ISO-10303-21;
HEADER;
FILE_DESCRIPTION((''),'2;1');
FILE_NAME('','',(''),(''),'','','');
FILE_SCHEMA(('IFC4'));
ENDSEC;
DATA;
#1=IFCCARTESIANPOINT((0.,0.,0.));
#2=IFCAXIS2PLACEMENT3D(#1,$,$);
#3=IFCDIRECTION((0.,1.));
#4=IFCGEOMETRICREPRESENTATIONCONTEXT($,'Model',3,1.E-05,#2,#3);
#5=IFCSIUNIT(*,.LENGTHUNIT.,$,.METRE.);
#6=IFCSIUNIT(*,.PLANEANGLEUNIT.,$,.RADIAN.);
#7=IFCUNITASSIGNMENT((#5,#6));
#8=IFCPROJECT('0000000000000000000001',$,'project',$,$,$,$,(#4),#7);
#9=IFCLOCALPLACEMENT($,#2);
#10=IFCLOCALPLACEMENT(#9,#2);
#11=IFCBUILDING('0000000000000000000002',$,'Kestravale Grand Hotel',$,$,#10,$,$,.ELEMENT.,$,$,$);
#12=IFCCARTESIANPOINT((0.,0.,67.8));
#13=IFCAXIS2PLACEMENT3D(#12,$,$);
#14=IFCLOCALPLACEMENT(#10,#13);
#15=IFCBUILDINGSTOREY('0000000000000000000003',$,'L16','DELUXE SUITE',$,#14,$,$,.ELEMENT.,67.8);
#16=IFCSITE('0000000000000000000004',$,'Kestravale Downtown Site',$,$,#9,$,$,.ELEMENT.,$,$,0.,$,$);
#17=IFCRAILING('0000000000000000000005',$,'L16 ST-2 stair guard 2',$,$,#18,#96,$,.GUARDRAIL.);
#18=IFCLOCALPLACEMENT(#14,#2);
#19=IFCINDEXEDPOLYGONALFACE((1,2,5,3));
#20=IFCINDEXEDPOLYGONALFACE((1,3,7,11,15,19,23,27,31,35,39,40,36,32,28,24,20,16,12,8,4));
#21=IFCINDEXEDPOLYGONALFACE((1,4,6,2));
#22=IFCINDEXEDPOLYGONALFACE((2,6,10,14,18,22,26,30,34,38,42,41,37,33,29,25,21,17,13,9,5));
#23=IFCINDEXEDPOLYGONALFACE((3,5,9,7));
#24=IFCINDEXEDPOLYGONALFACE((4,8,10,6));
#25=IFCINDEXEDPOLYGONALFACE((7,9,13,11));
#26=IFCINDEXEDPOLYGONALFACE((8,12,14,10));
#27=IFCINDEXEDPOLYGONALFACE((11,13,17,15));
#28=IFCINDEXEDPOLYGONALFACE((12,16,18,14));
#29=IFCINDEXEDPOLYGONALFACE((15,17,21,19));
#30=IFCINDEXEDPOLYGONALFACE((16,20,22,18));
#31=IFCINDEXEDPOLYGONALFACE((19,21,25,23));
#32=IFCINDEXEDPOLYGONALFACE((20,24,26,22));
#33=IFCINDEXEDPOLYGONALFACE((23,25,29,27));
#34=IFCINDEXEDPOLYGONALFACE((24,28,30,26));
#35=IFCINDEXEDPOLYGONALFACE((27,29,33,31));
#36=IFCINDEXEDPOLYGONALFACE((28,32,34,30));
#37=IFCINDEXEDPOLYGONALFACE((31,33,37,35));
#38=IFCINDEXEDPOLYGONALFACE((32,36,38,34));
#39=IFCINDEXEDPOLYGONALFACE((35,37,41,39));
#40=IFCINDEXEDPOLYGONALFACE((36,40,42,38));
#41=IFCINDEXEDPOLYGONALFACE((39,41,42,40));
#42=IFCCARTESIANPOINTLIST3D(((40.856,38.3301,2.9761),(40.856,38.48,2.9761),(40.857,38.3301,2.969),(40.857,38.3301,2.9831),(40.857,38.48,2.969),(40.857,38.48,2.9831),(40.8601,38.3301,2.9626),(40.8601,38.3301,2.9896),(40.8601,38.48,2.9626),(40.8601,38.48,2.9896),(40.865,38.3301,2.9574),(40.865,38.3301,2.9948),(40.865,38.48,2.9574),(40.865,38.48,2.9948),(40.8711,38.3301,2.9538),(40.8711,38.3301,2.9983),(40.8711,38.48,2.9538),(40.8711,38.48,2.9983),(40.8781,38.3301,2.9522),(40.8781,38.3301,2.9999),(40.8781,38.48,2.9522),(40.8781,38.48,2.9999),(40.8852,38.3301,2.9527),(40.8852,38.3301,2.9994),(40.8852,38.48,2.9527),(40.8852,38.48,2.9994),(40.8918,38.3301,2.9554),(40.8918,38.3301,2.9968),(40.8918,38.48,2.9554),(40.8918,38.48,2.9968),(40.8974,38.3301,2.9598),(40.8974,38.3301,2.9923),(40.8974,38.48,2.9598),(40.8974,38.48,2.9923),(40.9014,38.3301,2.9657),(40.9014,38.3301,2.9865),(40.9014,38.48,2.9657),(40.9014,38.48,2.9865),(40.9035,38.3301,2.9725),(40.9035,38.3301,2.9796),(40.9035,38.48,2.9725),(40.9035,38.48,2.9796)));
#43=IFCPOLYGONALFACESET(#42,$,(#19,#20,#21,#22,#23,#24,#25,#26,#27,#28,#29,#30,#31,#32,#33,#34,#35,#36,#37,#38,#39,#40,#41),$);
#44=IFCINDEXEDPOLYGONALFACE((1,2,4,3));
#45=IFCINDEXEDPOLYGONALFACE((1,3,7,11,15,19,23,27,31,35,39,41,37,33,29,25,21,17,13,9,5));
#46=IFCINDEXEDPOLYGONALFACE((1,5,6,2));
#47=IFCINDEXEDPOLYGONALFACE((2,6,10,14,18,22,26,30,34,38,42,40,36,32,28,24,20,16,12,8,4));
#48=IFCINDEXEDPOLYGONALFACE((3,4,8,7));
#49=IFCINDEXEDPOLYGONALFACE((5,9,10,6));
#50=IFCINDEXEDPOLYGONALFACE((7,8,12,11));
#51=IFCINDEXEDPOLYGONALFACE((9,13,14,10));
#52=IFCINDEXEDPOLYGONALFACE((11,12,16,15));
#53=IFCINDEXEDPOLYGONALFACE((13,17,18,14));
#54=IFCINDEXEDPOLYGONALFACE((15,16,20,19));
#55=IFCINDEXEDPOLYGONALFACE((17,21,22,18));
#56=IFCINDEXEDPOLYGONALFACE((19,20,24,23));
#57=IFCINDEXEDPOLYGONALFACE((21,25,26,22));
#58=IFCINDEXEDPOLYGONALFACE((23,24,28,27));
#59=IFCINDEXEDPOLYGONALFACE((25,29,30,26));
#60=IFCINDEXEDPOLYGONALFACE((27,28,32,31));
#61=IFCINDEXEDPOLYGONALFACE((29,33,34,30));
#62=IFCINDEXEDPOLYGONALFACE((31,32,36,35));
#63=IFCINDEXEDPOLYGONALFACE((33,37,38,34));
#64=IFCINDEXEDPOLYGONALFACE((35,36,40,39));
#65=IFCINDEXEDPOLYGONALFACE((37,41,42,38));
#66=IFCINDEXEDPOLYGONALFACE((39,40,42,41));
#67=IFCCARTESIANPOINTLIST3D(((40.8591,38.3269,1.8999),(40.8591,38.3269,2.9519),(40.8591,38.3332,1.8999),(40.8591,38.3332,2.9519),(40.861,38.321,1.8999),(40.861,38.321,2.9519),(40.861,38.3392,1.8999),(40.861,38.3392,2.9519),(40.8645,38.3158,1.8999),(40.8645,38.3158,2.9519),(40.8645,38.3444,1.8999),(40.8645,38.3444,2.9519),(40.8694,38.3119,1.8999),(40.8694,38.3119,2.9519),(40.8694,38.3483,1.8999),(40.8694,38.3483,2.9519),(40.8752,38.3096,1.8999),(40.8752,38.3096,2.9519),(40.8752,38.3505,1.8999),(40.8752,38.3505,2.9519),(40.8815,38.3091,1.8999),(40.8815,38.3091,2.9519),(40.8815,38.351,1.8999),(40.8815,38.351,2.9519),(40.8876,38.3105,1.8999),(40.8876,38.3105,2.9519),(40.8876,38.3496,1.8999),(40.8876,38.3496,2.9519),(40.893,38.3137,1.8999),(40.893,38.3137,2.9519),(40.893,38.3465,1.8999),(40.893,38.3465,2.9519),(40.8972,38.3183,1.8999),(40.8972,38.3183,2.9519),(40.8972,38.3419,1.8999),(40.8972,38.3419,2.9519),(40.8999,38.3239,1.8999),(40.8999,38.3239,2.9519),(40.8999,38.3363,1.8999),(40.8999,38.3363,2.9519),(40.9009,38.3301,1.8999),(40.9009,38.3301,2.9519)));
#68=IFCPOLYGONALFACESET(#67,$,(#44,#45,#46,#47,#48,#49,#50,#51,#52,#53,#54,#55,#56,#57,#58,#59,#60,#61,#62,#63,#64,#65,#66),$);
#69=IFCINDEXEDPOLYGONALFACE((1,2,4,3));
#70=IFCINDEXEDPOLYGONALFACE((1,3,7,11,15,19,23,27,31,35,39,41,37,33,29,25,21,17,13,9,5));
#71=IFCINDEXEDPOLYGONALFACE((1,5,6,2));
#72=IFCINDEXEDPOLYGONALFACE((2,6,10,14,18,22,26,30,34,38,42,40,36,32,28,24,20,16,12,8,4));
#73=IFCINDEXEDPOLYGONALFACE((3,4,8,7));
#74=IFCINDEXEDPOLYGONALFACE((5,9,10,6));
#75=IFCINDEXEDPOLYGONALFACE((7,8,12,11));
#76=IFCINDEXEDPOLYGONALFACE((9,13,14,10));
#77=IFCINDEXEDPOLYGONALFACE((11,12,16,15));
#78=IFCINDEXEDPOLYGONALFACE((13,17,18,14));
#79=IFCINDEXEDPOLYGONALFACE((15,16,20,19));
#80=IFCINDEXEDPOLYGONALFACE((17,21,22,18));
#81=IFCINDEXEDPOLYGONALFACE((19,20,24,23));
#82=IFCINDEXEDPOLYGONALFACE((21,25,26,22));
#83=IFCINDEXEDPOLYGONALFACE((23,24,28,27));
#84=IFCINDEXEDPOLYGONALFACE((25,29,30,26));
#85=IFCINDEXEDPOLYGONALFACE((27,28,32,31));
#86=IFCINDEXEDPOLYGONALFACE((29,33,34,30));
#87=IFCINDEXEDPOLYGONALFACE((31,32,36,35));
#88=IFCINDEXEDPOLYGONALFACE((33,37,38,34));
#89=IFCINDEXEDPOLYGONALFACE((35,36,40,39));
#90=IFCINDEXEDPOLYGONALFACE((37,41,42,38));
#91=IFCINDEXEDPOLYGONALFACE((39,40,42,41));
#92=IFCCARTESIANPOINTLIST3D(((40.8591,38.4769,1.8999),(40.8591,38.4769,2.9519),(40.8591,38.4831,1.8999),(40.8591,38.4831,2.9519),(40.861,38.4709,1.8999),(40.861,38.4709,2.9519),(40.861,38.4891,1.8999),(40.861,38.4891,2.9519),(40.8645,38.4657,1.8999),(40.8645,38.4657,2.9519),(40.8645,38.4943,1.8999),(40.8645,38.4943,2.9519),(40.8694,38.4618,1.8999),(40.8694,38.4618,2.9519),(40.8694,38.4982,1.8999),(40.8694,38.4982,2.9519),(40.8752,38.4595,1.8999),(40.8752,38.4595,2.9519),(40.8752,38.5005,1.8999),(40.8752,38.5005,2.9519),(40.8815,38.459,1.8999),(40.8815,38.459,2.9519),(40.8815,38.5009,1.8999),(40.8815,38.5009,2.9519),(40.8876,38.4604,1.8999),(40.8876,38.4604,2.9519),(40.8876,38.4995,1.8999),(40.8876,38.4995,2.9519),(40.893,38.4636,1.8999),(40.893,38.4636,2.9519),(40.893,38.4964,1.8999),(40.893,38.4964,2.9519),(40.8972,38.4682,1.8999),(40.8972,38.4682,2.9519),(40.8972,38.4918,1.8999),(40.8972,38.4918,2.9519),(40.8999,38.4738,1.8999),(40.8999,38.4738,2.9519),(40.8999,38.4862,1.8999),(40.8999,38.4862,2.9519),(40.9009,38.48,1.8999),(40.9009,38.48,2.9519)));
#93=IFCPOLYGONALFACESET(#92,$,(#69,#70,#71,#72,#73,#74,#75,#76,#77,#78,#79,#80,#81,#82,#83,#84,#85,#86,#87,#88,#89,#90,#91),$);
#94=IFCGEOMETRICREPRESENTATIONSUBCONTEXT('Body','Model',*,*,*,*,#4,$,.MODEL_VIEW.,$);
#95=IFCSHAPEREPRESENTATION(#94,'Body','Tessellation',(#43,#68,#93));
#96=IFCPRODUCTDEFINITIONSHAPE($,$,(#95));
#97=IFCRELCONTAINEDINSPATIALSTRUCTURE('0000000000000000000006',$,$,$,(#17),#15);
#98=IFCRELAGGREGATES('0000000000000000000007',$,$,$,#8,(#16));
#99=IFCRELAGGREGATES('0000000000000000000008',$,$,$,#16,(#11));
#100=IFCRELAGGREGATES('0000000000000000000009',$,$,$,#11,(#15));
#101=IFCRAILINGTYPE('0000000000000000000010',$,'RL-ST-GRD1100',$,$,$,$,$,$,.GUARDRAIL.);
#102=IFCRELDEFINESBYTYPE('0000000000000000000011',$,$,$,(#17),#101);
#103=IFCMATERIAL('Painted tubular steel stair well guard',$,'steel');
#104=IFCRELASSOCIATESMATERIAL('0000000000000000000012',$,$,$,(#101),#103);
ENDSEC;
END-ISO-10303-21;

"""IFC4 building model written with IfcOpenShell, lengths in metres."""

from ifc_helpers import new_model, si_unit, direction, frame, origin, origin_2d, place, context, subcontext, project, spatial, circle, extrude, material, type_object, element, save


model = new_model("IFC4")

# Units and contexts
model_context = context("Model", 3, precision=1e-05, world=origin(), true_north=direction((0.0, 1.0)))
body_context = subcontext(model_context, "Body", "Model", "MODEL_VIEW")
ifc_project = project(units=[si_unit("LENGTHUNIT", "METRE"), si_unit("PLANEANGLEUNIT", "RADIAN")], contexts=[model_context])

# Site, building, storey
site_placement = place(None, origin())
site = spatial("IfcSite", under=ifc_project, at=site_placement, Name="Kestravale Downtown Site", CompositionType="ELEMENT", RefElevation=0.0)
building_placement = place(site_placement, origin())
building = spatial("IfcBuilding", under=site, at=building_placement, Name="Kestravale Grand Hotel", CompositionType="ELEMENT")
storey_placement = place(building_placement, frame((0.0, 0.0, 67.8)))
storey = spatial("IfcBuildingStorey", under=building, at=storey_placement, Name="L16", Description="DELUXE SUITE", CompositionType="ELEMENT", Elevation=67.8)

# Railing
ifc_material_1 = material(Name="Painted tubular steel stair well guard", Category="steel")
railing_type_1 = type_object("IfcRailingType", Name="RL-ST-GRD1100", PredefinedType="GUARDRAIL", material=ifc_material_1)
railing_1_placement = place(storey_placement, frame((40.8799, 38.3301, 1.8999)))
element("IfcRailing", 1, at=railing_1_placement, inside=storey, type_object=railing_type_1, Name="L16 ST-2 stair guard 2", PredefinedType="GUARDRAIL", context=body_context, shape_type="SweptSolid", body=[
    extrude(circle(Radius=0.0239, at=origin_2d()), frame((0.0, 0.0, 1.0762), z_axis=(0.0, 1.0, 0.0), x_axis=(-1.0, 0.0, 0.0)), (0.0, 0.0, 1.0), 0.1499),
    extrude(circle(Radius=0.021, at=origin_2d()), origin(), (0.0, 0.0, 1.0), 1.052),
    extrude(circle(Radius=0.021, at=origin_2d()), frame((0.0, 0.1499, 0.0)), (0.0, 0.0, 1.0), 1.052),
])

save(model, "model.ifc")
